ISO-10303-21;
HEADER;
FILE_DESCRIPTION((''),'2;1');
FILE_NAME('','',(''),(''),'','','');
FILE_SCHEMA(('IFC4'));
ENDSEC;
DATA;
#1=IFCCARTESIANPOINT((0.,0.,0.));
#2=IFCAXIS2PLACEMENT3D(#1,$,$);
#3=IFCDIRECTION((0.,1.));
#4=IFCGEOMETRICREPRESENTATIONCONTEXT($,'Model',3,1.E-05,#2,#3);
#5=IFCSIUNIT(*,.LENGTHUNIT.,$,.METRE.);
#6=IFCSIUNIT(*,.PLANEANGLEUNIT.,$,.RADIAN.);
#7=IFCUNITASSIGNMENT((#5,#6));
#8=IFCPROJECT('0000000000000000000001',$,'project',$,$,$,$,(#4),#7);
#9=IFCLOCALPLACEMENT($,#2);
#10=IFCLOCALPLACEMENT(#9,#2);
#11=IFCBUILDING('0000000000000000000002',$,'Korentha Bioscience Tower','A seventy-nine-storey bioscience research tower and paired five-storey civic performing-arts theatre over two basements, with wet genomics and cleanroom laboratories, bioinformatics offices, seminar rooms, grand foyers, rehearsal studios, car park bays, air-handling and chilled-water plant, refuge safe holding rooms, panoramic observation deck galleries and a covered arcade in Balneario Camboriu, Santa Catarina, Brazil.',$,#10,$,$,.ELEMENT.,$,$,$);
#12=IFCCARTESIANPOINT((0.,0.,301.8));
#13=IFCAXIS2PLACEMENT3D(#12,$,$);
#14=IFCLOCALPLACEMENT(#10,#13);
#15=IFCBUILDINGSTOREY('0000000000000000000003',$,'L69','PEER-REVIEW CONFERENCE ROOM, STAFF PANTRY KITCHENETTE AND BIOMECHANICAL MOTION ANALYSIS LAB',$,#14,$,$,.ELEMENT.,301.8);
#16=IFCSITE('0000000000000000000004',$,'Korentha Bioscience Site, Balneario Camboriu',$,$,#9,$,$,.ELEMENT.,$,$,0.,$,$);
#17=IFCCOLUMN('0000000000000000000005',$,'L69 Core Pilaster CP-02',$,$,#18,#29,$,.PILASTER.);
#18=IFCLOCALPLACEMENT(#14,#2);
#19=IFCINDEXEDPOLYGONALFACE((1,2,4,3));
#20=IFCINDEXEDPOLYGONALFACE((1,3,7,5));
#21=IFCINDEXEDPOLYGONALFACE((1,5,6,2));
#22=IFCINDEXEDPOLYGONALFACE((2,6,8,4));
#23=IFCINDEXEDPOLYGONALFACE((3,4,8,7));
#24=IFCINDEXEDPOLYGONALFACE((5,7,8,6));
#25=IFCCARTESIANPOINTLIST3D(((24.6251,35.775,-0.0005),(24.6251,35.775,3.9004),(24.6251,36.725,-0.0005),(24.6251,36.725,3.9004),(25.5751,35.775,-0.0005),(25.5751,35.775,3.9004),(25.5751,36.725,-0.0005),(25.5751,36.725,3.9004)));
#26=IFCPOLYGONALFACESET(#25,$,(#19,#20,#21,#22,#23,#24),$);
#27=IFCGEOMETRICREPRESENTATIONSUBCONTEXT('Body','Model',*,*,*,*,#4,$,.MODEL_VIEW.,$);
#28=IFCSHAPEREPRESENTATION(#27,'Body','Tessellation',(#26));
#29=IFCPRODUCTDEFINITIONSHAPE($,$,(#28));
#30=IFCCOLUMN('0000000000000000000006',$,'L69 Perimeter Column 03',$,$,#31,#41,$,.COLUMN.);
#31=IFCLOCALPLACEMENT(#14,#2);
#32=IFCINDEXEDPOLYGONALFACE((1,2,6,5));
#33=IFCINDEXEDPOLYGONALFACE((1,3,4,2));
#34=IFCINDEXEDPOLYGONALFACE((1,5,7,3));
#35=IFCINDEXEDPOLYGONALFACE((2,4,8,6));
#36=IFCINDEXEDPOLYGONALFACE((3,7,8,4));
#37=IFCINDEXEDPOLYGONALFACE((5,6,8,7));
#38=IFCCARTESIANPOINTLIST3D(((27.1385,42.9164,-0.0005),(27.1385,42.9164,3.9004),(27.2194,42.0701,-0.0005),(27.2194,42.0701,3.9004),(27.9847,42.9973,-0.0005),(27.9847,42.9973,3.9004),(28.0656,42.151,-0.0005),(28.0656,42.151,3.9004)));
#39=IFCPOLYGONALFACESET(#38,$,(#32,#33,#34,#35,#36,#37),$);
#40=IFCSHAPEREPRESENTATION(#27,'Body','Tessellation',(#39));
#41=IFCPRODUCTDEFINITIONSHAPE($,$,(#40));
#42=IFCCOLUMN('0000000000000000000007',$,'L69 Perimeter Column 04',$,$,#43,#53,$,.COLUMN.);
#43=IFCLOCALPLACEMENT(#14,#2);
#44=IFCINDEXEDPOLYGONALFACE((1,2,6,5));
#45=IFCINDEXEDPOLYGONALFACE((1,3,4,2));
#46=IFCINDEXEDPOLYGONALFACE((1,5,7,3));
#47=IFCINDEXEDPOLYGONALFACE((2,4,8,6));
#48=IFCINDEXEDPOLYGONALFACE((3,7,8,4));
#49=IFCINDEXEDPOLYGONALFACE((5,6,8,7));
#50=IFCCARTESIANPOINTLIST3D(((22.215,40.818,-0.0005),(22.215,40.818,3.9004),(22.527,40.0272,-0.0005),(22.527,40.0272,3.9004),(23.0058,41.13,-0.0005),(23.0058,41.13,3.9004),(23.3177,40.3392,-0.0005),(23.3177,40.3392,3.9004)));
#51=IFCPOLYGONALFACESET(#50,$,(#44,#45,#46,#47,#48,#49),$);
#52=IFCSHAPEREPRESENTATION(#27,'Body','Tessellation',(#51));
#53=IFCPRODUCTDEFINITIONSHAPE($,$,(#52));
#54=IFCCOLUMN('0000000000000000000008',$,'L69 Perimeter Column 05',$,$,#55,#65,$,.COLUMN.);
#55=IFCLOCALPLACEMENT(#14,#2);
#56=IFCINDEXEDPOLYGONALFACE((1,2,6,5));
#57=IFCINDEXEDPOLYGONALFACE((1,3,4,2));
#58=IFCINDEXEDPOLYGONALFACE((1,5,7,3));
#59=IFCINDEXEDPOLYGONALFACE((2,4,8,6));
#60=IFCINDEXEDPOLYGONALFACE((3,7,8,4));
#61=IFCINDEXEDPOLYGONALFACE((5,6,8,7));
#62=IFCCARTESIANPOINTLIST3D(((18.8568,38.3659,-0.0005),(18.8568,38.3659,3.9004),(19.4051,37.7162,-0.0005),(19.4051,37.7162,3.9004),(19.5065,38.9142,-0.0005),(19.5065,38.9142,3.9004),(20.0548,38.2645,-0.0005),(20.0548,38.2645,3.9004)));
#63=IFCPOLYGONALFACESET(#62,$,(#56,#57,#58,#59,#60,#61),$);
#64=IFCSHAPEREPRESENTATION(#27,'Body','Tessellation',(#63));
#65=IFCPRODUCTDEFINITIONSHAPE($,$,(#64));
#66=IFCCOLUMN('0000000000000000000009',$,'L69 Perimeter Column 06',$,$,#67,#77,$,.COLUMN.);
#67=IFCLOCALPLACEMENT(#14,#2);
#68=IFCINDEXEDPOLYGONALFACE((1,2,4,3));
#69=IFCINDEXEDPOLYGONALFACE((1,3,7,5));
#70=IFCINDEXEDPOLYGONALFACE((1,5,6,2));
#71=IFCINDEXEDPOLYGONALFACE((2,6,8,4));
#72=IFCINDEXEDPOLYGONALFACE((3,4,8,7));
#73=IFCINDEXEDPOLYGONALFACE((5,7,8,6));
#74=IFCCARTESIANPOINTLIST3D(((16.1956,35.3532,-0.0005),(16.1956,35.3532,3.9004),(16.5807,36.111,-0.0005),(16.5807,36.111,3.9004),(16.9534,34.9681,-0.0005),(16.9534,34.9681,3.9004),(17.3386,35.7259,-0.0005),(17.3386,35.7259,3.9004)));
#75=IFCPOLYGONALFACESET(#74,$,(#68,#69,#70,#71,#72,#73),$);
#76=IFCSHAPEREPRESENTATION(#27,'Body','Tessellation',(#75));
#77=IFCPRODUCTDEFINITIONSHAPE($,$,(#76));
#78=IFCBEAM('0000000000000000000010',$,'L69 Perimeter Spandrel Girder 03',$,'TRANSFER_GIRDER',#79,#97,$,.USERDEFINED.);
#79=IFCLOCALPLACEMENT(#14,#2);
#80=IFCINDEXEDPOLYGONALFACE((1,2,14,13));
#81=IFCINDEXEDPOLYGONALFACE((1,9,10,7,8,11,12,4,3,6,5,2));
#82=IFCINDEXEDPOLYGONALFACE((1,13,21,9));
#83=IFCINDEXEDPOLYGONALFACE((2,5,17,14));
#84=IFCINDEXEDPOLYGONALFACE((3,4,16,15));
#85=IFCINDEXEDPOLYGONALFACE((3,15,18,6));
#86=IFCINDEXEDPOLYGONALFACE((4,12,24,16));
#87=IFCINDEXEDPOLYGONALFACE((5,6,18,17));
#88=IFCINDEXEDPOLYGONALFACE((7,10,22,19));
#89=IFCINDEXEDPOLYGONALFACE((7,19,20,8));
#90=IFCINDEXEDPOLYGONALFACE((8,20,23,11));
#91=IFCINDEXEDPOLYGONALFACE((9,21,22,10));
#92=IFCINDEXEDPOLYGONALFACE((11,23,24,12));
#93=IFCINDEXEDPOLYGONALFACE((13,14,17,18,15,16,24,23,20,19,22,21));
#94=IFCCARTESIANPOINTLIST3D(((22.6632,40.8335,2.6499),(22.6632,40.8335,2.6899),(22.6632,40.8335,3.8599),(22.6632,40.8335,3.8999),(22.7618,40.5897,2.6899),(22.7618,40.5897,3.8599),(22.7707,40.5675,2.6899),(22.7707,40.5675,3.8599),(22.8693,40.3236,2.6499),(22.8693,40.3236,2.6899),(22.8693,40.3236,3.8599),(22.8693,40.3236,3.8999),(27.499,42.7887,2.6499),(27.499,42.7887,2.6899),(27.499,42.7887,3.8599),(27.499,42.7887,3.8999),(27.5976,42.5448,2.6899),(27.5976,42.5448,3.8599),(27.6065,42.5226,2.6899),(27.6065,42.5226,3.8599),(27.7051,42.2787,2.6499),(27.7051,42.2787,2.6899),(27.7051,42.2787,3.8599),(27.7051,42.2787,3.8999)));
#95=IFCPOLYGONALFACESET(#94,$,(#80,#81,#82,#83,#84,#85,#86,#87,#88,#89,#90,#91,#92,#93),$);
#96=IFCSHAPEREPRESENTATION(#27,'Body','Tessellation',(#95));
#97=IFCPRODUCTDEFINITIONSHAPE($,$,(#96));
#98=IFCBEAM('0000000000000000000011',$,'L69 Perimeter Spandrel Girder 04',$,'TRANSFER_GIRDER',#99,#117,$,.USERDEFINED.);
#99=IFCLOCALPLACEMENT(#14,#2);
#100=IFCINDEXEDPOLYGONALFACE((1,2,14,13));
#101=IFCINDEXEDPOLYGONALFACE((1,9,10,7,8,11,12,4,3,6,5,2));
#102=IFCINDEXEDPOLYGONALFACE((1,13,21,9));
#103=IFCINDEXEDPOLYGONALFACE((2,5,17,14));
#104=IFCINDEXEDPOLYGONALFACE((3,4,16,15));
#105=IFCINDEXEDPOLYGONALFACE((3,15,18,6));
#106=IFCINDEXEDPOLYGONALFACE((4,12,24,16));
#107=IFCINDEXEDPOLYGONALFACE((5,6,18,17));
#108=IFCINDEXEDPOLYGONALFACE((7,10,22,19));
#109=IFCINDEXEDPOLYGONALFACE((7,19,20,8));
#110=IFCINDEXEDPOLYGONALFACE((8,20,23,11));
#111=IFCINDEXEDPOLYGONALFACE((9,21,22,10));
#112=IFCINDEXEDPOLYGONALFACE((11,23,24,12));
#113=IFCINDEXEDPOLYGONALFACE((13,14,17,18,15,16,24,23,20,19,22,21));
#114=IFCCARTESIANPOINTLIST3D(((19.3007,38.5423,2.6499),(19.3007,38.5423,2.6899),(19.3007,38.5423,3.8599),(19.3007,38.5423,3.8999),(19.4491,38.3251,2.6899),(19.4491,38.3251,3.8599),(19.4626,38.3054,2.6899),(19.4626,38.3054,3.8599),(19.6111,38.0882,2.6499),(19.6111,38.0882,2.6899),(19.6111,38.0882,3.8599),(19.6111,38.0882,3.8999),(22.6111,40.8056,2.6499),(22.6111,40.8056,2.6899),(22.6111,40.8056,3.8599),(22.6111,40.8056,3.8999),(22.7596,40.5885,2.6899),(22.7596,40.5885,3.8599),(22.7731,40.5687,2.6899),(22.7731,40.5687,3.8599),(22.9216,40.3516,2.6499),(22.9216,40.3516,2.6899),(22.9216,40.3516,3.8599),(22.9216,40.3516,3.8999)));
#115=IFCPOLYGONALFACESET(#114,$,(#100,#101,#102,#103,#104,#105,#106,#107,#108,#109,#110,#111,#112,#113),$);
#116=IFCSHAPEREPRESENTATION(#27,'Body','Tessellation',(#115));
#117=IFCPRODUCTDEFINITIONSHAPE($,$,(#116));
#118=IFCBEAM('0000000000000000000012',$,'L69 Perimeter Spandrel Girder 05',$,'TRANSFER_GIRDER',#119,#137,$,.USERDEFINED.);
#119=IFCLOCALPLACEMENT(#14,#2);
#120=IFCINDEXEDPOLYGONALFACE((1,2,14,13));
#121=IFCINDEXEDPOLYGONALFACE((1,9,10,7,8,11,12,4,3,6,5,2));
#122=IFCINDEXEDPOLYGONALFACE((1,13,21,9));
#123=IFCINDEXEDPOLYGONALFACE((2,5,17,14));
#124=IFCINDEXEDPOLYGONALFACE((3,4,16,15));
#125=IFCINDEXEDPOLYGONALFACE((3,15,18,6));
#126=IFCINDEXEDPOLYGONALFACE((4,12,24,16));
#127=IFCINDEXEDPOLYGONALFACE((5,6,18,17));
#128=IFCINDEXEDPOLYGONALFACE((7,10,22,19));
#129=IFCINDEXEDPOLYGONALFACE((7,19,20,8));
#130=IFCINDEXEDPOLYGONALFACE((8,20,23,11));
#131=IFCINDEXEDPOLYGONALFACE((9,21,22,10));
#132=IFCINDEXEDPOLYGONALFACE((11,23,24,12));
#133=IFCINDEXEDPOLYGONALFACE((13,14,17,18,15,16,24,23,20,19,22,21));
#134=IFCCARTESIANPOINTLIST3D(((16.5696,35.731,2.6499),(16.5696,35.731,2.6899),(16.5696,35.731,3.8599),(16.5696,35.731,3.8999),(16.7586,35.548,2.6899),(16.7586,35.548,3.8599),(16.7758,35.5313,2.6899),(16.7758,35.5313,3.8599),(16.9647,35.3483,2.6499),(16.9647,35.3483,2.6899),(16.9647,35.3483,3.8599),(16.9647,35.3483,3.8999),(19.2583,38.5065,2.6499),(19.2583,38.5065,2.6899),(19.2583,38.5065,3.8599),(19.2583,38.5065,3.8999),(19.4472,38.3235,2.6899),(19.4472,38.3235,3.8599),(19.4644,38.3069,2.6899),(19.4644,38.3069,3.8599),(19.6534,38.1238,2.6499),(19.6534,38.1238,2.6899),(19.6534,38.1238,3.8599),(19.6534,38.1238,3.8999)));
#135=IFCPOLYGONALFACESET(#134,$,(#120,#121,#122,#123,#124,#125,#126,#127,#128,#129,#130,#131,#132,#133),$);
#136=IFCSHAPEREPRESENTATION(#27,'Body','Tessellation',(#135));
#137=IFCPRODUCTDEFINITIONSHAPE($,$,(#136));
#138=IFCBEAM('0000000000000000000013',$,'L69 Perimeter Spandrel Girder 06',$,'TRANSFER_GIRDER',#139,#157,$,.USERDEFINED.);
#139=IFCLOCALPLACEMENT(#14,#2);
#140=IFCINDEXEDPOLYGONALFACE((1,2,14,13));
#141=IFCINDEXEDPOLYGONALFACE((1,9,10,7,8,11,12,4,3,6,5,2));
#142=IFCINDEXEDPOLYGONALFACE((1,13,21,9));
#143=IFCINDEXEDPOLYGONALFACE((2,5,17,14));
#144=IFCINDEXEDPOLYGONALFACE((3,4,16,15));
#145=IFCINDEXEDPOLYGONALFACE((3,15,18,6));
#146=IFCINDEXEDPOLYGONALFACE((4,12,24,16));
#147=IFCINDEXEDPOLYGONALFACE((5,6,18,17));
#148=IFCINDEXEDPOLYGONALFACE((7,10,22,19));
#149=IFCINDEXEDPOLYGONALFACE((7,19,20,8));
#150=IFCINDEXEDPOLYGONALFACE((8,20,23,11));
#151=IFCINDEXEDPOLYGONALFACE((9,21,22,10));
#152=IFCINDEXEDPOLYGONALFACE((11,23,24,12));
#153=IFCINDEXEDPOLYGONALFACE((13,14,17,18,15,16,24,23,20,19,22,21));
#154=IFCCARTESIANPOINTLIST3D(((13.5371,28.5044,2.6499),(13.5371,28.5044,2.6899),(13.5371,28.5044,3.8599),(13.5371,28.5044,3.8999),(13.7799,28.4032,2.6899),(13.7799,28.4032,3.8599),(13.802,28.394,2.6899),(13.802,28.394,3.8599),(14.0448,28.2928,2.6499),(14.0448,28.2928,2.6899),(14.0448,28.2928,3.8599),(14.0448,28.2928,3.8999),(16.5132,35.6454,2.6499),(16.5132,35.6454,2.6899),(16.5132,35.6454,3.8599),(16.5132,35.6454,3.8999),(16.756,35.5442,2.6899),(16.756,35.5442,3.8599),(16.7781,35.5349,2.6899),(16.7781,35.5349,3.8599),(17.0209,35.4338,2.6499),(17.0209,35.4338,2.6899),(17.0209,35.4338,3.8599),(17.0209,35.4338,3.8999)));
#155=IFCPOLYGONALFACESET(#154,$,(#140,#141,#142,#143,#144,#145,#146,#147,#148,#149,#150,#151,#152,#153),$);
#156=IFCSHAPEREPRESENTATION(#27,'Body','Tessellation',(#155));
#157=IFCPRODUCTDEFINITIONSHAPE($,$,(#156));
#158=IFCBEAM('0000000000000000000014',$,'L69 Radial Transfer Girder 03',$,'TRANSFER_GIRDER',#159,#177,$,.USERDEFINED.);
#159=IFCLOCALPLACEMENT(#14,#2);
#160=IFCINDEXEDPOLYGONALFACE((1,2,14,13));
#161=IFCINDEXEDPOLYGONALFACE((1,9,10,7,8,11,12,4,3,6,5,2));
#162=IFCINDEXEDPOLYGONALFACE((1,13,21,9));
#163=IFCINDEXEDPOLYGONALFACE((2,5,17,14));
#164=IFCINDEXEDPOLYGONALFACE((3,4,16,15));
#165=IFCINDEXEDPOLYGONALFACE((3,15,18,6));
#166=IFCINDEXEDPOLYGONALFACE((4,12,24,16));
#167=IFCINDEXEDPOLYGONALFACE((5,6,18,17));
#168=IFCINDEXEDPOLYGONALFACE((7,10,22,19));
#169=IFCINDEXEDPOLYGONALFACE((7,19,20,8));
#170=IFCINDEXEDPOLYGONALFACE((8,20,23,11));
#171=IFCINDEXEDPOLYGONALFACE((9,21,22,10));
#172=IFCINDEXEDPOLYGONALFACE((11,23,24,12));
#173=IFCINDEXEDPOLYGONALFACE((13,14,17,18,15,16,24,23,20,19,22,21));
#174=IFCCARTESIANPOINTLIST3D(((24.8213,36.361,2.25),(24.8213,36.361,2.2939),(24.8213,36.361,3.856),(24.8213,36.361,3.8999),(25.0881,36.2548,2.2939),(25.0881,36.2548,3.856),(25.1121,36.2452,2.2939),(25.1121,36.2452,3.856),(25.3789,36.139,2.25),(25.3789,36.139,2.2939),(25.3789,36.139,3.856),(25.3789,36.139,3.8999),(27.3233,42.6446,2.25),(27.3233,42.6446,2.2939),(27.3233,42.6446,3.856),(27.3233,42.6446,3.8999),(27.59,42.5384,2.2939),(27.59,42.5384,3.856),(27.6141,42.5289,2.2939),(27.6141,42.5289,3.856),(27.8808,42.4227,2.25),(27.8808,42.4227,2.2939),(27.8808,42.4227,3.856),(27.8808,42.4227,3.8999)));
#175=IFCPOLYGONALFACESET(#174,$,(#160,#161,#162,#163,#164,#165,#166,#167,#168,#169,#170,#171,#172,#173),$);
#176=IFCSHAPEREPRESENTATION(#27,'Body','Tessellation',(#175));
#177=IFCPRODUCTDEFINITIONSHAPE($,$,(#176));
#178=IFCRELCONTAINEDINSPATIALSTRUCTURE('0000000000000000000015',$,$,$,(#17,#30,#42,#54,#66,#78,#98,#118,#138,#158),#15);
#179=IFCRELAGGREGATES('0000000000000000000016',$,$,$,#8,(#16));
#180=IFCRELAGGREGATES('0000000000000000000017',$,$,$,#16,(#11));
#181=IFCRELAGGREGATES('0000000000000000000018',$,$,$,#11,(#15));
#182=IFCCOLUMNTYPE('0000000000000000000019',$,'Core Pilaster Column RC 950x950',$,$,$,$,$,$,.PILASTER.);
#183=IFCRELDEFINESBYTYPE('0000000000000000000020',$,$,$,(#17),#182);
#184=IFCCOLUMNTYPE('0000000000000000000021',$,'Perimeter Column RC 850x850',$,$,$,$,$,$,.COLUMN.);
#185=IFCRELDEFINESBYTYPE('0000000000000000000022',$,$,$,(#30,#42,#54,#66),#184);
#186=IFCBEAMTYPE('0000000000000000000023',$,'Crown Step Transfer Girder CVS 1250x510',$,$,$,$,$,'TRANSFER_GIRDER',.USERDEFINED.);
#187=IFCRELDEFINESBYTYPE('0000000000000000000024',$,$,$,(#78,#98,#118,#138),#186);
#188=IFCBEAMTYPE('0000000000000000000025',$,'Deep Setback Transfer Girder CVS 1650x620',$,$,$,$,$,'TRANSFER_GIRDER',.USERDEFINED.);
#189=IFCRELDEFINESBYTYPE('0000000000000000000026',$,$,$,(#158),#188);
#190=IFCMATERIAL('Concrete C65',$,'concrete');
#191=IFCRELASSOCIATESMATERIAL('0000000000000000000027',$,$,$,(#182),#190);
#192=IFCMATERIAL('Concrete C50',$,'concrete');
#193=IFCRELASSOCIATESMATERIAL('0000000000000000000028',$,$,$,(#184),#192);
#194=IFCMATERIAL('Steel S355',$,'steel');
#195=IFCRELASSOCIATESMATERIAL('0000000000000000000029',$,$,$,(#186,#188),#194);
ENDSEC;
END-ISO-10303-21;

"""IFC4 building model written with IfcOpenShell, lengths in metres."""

from ifc_helpers import new_model, si_unit, direction, frame, origin, origin_2d, place, context, subcontext, project, spatial, rectangle, i_section, extrude, material, material_profile, profile_set, type_object, element, save


model = new_model("IFC4")

# Units and contexts
model_context = context("Model", 3, precision=1e-05, world=origin(), true_north=direction((0.0, 1.0)))
body_context = subcontext(model_context, "Body", "Model", "MODEL_VIEW")
ifc_project = project(units=[si_unit("LENGTHUNIT", "METRE"), si_unit("PLANEANGLEUNIT", "RADIAN")], contexts=[model_context])

# Site, building, storey
site_placement = place(None, origin())
site = spatial("IfcSite", under=ifc_project, at=site_placement, Name="Korentha Bioscience Site, Balneario Camboriu", CompositionType="ELEMENT", RefElevation=0.0)
building_placement = place(site_placement, origin())
building = spatial("IfcBuilding", under=site, at=building_placement, Name="Korentha Bioscience Tower", Description="A seventy-nine-storey bioscience research tower and paired five-storey civic performing-arts theatre over two basements, with wet genomics and cleanroom laboratories, bioinformatics offices, seminar rooms, grand foyers, rehearsal studios, car park bays, air-handling and chilled-water plant, refuge safe holding rooms, panoramic observation deck galleries and a covered arcade in Balneario Camboriu, Santa Catarina, Brazil.", CompositionType="ELEMENT")
storey_placement = place(building_placement, frame((0.0, 0.0, 301.8)))
storey = spatial("IfcBuildingStorey", under=building, at=storey_placement, Name="L69", Description="PEER-REVIEW CONFERENCE ROOM, STAFF PANTRY KITCHENETTE AND BIOMECHANICAL MOTION ANALYSIS LAB", CompositionType="ELEMENT", Elevation=301.8)

# Columns
ifc_material_1 = material(Name="Concrete C65", Category="concrete")
ifc_material_profile_1 = material_profile(ifc_material_1, rectangle(XDim=0.95, YDim=0.95, at=origin_2d()), Name="Concrete C65")
ifc_profile_set_1 = profile_set([ifc_material_profile_1], Name="Concrete C65 (COL-CP09)")
column_type_1 = type_object("IfcColumnType", Name="Core Pilaster Column RC 950x950", PredefinedType="PILASTER", material=ifc_profile_set_1)
column_placement = place(storey_placement, frame((25.1001, 36.25, -0.0005), z_axis=(0.0, 0.0, 1.0), x_axis=(1.0, 0.0, 0.0)))
element("IfcColumn", 1, at=column_placement, inside=storey, type_object=column_type_1, Name="L69 Core Pilaster CP-02", PredefinedType="PILASTER", context=body_context, shape_type="SweptSolid", body=[
    extrude(rectangle(XDim=0.95, YDim=0.95, at=origin_2d()), origin(), (0.0, 0.0, 1.0), 3.9009),
])
ifc_material_2 = material(Name="Concrete C50", Category="concrete")
ifc_material_profile_2 = material_profile(ifc_material_2, rectangle(XDim=0.8501, YDim=0.8501, at=origin_2d()), Name="Concrete C50")
ifc_profile_set_2 = profile_set([ifc_material_profile_2], Name="Concrete C50 (COL-P08)")
column_type_2 = type_object("IfcColumnType", Name="Perimeter Column RC 850x850", PredefinedType="COLUMN", material=ifc_profile_set_2)
for number, where, z_axis, x_axis, name in (
    (2, (27.6021, 42.5337, -0.0005), (0.0, 0.0, 1.0), (0.995463, 0.095151, 0.0), "L69 Perimeter Column 03"),
    (3, (22.7664, 40.5786, -0.0005), (0.0, 0.0, 1.0), (0.930226, 0.366988, 0.0), "L69 Perimeter Column 04"),
    (4, (19.4558, 38.3152, -0.0005), (0.0, 0.0, 1.0), (0.764246, 0.644924, 0.0), "L69 Perimeter Column 05"),
    (5, (16.7671, 35.5396, -0.0005), (0.0, 0.0, 1.0), (0.453057, 0.891481, 0.0), "L69 Perimeter Column 06"),
):
    element("IfcColumn", number, at=place(storey_placement, frame(where, z_axis=z_axis, x_axis=x_axis)), inside=storey, type_object=column_type_2, Name=name, PredefinedType="COLUMN", context=body_context, shape_type="SweptSolid", body=[
        extrude(rectangle(XDim=0.8501, YDim=0.8501, at=origin_2d()), origin(), (0.0, 0.0, 1.0), 3.9009),
    ])

# Beams
ifc_material_3 = material(Name="Steel S355", Category="steel")
ifc_material_profile_3 = material_profile(ifc_material_3, i_section(OverallWidth=0.55, OverallDepth=1.25, WebThickness=0.0239, FlangeThickness=0.04, at=origin_2d()), Name="Steel S355")
ifc_profile_set_3 = profile_set([ifc_material_profile_3], Name="Steel S355 (TG-03)")
beam_type_1 = type_object("IfcBeamType", Name="Crown Step Transfer Girder CVS 1250x510", ElementType="TRANSFER_GIRDER", PredefinedType="USERDEFINED", material=ifc_profile_set_3)
beam_1_placement = place(storey_placement, frame((27.6021, 42.5337, 3.2749), z_axis=(-0.927095, -0.374826, 0.0), x_axis=(0.374826, -0.927095, 0.0)))
element("IfcBeam", 6, at=beam_1_placement, inside=storey, type_object=beam_type_1, Name="L69 Perimeter Spandrel Girder 03", ObjectType="TRANSFER_GIRDER", PredefinedType="USERDEFINED", context=body_context, shape_type="SweptSolid", body=[
    extrude(i_section(OverallWidth=0.55, OverallDepth=1.25, WebThickness=0.0239, FlangeThickness=0.04, at=origin_2d()), origin(), (0.0, 0.0, 1.0), 5.2161),
])
beam_2_placement = place(storey_placement, frame((22.7664, 40.5786, 3.2749), z_axis=(-0.825503, -0.564398, 0.0), x_axis=(0.564398, -0.825503, 0.0)))
element("IfcBeam", 7, at=beam_2_placement, inside=storey, type_object=beam_type_1, Name="L69 Perimeter Spandrel Girder 04", ObjectType="TRANSFER_GIRDER", PredefinedType="USERDEFINED", context=body_context, shape_type="SweptSolid", body=[
    extrude(i_section(OverallWidth=0.55, OverallDepth=1.25, WebThickness=0.0239, FlangeThickness=0.04, at=origin_2d()), origin(), (0.0, 0.0, 1.0), 4.0103),
])
beam_3_placement = place(storey_placement, frame((19.4558, 38.3152, 3.2749), z_axis=(-0.695772, -0.718263, 0.0), x_axis=(0.718263, -0.695772, 0.0)))
element("IfcBeam", 8, at=beam_3_placement, inside=storey, type_object=beam_type_1, Name="L69 Perimeter Spandrel Girder 05", ObjectType="TRANSFER_GIRDER", PredefinedType="USERDEFINED", context=body_context, shape_type="SweptSolid", body=[
    extrude(i_section(OverallWidth=0.55, OverallDepth=1.25, WebThickness=0.0239, FlangeThickness=0.04, at=origin_2d()), origin(), (0.0, 0.0, 1.0), 3.8643),
])
beam_4_placement = place(storey_placement, frame((16.7671, 35.5396, 3.2749), z_axis=(-0.384694, -0.923044, 0.0), x_axis=(0.923044, -0.384694, 0.0)))
element("IfcBeam", 9, at=beam_4_placement, inside=storey, type_object=beam_type_1, Name="L69 Perimeter Spandrel Girder 06", ObjectType="TRANSFER_GIRDER", PredefinedType="USERDEFINED", context=body_context, shape_type="SweptSolid", body=[
    extrude(i_section(OverallWidth=0.55, OverallDepth=1.25, WebThickness=0.0239, FlangeThickness=0.04, at=origin_2d()), origin(), (0.0, 0.0, 1.0), 7.7363),
])
ifc_material_profile_4 = material_profile(ifc_material_3, i_section(OverallWidth=0.6001, OverallDepth=1.6499, WebThickness=0.0259, FlangeThickness=0.0439, at=origin_2d()), Name="Steel S355")
ifc_profile_set_4 = profile_set([ifc_material_profile_4], Name="Steel S355 (TG-04)")
beam_type_2 = type_object("IfcBeamType", Name="Deep Setback Transfer Girder CVS 1650x620", ElementType="TRANSFER_GIRDER", PredefinedType="USERDEFINED", material=ifc_profile_set_4)
beam_5_placement = place(storey_placement, frame((25.1001, 36.25, 3.075), z_axis=(0.369921, 0.929063, 0.0), x_axis=(-0.929063, 0.369921, 0.0)))
element("IfcBeam", 10, at=beam_5_placement, inside=storey, type_object=beam_type_2, Name="L69 Radial Transfer Girder 03", ObjectType="TRANSFER_GIRDER", PredefinedType="USERDEFINED", context=body_context, shape_type="SweptSolid", body=[
    extrude(i_section(OverallWidth=0.6001, OverallDepth=1.6499, WebThickness=0.0259, FlangeThickness=0.0439, at=origin_2d()), origin(), (0.0, 0.0, 1.0), 6.7634),
])

save(model, "model.ifc")
